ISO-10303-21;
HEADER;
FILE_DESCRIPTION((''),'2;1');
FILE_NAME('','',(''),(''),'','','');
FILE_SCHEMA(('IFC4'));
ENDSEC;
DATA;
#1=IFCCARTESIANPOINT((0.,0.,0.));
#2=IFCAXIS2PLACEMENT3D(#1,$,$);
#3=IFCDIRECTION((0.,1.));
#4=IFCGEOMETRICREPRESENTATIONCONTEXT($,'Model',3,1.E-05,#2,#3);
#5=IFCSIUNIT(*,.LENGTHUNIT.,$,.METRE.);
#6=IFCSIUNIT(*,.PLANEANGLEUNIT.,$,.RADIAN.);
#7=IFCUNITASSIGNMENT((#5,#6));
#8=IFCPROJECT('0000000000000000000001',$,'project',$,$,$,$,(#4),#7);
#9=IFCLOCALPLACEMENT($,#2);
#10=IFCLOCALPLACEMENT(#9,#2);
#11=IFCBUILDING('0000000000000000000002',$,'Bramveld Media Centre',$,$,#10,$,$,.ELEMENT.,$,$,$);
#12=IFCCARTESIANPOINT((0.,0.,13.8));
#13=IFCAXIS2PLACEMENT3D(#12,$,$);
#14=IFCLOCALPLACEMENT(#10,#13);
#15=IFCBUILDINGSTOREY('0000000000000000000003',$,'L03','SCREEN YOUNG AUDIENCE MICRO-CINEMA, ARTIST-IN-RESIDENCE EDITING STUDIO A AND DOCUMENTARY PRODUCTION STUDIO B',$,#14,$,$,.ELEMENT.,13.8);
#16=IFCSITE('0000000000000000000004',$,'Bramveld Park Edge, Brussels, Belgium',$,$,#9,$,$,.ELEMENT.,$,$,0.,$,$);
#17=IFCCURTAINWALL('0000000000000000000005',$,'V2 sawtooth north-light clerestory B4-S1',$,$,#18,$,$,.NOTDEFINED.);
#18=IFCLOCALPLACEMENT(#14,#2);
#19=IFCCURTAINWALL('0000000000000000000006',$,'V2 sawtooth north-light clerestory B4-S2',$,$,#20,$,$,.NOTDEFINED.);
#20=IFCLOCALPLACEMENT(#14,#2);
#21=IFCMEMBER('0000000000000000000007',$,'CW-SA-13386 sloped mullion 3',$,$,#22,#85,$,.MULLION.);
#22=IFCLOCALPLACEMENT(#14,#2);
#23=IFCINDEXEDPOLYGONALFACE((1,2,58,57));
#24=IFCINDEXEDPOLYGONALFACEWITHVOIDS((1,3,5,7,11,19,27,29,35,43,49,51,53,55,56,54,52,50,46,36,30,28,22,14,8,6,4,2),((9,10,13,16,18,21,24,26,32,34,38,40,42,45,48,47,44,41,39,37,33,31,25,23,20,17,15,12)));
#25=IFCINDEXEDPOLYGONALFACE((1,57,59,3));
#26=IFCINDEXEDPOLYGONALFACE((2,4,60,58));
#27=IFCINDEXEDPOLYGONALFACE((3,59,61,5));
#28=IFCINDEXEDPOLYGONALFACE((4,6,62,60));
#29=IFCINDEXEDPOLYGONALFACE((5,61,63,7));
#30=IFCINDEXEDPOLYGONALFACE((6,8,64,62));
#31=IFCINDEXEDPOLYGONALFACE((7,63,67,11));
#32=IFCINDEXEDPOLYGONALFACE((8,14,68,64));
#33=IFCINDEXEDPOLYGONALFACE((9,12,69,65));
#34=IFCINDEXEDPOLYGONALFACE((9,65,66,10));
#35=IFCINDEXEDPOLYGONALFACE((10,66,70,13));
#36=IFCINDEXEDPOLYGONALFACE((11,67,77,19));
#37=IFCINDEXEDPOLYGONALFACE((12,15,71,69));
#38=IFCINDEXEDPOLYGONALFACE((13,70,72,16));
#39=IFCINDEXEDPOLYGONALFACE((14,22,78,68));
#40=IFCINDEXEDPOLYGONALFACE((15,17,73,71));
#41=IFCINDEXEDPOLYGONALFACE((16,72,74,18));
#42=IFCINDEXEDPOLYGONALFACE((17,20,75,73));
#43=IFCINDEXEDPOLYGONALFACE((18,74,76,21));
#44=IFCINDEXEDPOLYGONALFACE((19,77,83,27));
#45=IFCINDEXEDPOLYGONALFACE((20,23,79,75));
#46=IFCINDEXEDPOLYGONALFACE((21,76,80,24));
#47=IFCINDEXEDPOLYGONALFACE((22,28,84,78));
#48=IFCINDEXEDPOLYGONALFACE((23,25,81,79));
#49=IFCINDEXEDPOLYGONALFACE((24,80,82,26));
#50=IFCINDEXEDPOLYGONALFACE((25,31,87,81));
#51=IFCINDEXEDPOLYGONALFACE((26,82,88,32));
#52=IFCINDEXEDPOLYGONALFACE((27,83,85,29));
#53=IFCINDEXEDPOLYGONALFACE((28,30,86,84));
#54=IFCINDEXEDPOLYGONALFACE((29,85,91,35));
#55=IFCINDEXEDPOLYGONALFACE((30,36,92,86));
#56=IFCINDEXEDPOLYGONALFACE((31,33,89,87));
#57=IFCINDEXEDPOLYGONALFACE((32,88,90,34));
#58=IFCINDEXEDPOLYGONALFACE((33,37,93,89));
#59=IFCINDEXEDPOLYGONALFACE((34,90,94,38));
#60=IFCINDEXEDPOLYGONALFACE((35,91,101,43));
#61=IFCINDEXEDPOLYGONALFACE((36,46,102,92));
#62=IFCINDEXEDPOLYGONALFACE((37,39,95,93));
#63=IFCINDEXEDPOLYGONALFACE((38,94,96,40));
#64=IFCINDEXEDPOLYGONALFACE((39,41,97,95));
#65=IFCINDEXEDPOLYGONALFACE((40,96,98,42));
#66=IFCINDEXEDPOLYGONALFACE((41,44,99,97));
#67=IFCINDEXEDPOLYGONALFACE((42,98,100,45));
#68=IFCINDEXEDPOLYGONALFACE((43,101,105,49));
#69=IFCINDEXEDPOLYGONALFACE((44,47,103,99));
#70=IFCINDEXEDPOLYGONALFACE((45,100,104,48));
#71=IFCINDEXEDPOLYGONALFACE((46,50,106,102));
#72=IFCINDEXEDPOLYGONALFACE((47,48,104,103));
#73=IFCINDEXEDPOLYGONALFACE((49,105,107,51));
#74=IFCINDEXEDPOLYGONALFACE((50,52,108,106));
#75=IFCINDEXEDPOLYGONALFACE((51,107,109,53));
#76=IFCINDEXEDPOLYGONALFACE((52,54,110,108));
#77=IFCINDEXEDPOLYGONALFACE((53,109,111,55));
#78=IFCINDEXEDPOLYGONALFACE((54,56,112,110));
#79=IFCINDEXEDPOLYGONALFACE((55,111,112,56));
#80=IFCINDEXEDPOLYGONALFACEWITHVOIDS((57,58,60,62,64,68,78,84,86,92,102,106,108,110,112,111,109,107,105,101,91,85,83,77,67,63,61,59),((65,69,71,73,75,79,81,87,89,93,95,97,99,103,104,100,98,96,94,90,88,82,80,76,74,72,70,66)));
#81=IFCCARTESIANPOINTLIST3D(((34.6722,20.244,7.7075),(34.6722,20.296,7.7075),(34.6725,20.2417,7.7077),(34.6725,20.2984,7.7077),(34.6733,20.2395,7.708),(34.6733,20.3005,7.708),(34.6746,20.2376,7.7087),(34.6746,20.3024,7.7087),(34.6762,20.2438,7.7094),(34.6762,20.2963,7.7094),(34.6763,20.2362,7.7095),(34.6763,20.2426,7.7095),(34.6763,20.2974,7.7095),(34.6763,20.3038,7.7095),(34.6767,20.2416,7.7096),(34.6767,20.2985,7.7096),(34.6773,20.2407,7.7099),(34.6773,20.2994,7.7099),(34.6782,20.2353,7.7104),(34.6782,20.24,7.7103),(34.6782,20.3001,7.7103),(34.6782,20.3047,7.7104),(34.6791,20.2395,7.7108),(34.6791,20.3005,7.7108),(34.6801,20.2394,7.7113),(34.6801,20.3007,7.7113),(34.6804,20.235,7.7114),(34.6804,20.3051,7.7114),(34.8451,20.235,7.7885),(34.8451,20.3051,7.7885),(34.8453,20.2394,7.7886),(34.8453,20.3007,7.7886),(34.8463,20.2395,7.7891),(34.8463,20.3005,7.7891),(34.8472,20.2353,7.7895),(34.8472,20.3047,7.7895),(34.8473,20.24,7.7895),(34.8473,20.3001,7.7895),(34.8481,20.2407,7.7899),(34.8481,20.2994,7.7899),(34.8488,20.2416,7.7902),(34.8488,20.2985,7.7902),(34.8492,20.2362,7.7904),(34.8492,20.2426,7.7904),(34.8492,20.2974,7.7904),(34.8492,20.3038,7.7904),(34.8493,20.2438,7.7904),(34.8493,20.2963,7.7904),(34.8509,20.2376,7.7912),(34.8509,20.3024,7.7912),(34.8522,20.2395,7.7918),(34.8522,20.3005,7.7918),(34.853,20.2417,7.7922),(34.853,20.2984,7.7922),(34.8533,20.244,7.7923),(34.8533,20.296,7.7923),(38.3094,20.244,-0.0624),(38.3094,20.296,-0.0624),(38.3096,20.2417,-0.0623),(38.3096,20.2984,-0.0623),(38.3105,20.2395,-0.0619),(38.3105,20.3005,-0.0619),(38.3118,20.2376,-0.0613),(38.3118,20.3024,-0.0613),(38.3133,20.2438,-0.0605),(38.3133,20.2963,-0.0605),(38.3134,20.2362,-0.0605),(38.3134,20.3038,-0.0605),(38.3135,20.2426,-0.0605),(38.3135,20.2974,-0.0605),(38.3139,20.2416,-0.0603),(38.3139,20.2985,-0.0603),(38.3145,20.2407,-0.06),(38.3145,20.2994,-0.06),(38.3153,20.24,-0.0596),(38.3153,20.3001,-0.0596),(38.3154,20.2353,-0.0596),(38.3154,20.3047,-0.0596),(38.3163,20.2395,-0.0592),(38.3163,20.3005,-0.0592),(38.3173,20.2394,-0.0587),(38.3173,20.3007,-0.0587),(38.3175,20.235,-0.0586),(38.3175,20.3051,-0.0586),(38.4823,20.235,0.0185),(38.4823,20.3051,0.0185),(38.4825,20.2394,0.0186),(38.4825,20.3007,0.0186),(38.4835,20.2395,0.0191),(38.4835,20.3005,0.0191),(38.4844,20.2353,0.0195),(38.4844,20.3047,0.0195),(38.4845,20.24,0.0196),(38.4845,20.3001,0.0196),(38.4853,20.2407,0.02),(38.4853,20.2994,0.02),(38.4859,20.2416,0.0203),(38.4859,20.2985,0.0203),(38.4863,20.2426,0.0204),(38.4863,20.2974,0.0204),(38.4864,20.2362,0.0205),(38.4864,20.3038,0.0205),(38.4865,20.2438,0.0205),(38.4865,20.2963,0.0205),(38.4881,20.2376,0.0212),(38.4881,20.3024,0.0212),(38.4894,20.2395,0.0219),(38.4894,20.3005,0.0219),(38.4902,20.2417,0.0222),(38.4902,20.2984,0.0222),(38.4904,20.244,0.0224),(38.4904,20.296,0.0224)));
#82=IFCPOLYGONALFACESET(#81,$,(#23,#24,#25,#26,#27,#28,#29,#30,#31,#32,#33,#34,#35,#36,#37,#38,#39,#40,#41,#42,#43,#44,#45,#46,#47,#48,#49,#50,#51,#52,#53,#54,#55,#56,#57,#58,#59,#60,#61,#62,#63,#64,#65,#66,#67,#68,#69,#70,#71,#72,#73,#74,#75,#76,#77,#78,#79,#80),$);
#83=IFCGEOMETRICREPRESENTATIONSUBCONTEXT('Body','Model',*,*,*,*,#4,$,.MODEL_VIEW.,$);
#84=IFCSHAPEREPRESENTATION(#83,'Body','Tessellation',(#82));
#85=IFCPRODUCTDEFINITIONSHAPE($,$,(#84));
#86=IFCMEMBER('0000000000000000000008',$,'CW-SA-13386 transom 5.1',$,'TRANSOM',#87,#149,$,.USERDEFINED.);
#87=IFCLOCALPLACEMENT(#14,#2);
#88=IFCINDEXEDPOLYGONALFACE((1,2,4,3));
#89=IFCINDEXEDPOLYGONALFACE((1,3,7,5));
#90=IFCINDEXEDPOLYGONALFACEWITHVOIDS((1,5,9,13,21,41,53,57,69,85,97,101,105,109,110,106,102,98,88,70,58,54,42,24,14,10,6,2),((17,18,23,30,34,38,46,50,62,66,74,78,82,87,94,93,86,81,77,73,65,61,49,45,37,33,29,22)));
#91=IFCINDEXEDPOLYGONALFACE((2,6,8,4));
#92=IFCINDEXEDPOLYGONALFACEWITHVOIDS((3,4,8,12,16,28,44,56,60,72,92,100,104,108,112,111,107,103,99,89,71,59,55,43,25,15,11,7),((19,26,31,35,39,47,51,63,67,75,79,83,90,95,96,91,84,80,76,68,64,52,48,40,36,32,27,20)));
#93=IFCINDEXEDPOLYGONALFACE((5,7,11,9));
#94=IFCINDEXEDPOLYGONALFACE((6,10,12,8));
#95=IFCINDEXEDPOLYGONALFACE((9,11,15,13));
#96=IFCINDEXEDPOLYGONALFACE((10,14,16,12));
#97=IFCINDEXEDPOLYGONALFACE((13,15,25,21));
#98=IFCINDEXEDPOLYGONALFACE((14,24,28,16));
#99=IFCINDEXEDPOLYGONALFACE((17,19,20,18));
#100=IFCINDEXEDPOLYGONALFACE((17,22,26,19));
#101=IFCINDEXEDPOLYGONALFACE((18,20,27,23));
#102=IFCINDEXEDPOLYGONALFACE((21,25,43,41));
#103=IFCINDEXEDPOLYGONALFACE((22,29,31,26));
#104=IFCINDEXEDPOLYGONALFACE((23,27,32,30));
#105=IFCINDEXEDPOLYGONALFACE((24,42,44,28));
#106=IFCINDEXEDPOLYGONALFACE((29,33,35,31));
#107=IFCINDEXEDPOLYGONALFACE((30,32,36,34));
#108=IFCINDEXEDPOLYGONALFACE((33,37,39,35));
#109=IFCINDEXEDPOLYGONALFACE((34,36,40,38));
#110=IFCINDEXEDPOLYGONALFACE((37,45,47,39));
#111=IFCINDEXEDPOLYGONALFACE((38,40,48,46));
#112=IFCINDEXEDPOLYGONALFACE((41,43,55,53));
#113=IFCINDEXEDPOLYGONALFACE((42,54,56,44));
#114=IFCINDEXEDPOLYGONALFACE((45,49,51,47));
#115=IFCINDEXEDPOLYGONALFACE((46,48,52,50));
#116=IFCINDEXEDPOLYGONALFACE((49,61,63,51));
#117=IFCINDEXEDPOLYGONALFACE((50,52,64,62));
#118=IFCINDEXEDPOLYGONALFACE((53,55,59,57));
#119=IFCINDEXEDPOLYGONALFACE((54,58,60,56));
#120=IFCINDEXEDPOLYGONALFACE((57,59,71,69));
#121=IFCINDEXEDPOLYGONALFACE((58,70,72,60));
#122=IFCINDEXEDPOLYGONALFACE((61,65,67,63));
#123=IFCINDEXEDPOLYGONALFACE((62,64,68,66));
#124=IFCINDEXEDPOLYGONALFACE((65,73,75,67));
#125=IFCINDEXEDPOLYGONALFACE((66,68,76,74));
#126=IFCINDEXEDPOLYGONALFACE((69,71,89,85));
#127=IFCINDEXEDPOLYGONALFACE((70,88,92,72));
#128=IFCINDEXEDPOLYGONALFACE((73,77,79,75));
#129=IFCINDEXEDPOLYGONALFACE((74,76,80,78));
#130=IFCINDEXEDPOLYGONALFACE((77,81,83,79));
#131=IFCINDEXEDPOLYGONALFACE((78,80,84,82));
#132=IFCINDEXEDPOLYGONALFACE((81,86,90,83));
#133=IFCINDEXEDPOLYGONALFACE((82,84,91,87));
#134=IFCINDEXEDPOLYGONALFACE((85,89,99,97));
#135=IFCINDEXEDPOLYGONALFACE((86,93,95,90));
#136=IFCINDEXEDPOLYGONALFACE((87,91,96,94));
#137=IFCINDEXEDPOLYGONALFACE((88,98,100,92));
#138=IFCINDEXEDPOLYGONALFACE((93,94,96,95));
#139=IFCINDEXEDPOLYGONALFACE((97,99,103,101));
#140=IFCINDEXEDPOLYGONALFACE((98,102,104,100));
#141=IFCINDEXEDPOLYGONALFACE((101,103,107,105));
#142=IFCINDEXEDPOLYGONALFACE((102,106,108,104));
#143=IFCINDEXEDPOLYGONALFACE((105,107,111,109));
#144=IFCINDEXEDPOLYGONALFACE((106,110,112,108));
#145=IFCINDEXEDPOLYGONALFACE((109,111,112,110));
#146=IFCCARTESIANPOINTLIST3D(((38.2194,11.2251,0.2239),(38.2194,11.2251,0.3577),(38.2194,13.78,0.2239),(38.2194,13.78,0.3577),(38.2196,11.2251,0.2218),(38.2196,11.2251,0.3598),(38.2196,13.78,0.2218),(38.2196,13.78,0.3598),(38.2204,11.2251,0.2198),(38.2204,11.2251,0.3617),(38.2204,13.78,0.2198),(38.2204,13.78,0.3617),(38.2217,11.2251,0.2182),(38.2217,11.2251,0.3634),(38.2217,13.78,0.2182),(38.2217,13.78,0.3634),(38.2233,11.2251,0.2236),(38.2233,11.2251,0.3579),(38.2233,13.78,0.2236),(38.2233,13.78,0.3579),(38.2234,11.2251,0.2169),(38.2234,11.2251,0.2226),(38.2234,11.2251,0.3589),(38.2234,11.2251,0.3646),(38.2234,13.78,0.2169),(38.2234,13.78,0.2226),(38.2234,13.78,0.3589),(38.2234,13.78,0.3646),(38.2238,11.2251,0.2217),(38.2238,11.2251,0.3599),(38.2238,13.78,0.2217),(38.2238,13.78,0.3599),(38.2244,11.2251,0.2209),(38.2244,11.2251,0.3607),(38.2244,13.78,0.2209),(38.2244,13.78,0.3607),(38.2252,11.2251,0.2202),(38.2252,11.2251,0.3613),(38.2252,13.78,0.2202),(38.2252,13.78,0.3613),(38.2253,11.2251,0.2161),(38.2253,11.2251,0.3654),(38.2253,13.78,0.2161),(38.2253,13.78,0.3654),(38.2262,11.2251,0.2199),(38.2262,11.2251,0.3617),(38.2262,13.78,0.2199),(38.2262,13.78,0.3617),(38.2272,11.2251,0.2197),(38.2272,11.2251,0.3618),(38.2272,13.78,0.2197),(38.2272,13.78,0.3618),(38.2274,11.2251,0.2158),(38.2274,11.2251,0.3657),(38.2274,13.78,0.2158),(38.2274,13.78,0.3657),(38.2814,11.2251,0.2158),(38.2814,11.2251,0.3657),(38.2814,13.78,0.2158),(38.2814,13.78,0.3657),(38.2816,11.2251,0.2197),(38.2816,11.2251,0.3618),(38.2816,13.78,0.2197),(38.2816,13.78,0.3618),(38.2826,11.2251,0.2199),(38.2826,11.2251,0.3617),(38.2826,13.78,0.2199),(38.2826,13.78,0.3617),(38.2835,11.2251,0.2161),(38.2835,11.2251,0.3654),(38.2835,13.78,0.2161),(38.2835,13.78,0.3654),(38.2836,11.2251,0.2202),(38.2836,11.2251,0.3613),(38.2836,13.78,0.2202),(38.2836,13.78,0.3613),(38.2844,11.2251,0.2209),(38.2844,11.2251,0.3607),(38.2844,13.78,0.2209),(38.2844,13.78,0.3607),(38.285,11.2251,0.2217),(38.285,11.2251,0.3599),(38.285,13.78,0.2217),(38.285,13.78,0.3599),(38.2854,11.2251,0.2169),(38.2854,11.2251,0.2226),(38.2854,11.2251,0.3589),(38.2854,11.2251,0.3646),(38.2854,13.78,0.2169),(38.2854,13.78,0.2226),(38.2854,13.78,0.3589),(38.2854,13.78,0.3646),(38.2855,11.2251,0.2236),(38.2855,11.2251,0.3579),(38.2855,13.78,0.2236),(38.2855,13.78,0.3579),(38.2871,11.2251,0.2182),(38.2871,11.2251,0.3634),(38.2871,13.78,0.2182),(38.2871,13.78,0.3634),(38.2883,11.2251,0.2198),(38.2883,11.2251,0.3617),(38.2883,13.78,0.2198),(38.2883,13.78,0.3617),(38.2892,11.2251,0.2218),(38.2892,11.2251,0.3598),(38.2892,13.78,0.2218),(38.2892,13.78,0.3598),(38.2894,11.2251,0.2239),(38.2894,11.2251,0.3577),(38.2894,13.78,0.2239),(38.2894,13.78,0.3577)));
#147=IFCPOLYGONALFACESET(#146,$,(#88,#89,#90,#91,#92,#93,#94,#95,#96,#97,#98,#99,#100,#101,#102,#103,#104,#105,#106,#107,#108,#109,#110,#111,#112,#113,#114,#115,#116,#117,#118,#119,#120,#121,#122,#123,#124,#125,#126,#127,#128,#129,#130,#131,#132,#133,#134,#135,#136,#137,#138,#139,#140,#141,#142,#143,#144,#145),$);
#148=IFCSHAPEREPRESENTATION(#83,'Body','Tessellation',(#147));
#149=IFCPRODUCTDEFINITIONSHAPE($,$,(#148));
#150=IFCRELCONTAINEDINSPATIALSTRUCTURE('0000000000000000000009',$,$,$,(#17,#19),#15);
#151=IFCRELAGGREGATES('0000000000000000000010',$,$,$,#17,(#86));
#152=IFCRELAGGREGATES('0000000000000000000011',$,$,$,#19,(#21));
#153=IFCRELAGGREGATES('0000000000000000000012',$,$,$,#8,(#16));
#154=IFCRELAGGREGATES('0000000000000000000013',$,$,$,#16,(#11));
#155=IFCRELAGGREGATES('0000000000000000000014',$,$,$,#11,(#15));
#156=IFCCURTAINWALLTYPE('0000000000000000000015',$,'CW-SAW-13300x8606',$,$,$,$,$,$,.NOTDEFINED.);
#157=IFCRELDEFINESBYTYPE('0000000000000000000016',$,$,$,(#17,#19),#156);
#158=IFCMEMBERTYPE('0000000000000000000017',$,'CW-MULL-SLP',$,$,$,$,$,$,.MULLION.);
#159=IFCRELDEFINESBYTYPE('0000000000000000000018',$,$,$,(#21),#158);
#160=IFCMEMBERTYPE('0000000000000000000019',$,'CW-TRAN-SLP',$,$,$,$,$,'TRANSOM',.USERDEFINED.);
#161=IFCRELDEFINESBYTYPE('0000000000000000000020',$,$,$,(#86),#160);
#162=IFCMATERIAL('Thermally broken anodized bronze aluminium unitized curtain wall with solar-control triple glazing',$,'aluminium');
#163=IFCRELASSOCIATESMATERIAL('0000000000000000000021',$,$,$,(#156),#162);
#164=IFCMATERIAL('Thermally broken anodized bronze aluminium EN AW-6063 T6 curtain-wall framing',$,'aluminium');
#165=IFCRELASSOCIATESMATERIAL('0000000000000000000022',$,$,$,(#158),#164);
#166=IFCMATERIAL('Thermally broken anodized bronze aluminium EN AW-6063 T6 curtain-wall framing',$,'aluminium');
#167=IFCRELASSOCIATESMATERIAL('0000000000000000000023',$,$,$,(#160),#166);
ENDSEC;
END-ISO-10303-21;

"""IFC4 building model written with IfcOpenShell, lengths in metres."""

from ifc_helpers import new_model, si_unit, direction, frame, origin, origin_2d, place, context, subcontext, project, spatial, hollow_rectangle, extrude, material, material_profile, profile_set, type_object, element, aggregate, save


model = new_model("IFC4")

# Units and contexts
model_context = context("Model", 3, precision=1e-05, world=origin(), true_north=direction((0.0, 1.0)))
body_context = subcontext(model_context, "Body", "Model", "MODEL_VIEW")
ifc_project = project(units=[si_unit("LENGTHUNIT", "METRE"), si_unit("PLANEANGLEUNIT", "RADIAN")], contexts=[model_context])

# Site, building, storey
site_placement = place(None, origin())
site = spatial("IfcSite", under=ifc_project, at=site_placement, Name="Bramveld Park Edge, Brussels, Belgium", CompositionType="ELEMENT", RefElevation=0.0)
building_placement = place(site_placement, origin())
building = spatial("IfcBuilding", under=site, at=building_placement, Name="Bramveld Media Centre", CompositionType="ELEMENT")
storey_placement = place(building_placement, frame((0.0, 0.0, 13.8)))
storey = spatial("IfcBuildingStorey", under=building, at=storey_placement, Name="L03", Description="SCREEN YOUNG AUDIENCE MICRO-CINEMA, ARTIST-IN-RESIDENCE EDITING STUDIO A AND DOCUMENTARY PRODUCTION STUDIO B", CompositionType="ELEMENT", Elevation=13.8)

# Curtain walls, member
ifc_material_1 = material(Name="Thermally broken anodized bronze aluminium unitized curtain wall with solar-control triple glazing", Category="aluminium")
curtain_wall_type = type_object("IfcCurtainWallType", Name="CW-SAW-13300x8606", PredefinedType="NOTDEFINED", material=ifc_material_1)
curtain_wall_1_placement = place(storey_placement, origin())
curtain_wall_1 = element("IfcCurtainWall", 1, at=curtain_wall_1_placement, inside=storey, type_object=curtain_wall_type, Name="V2 sawtooth north-light clerestory B4-S1", PredefinedType="NOTDEFINED")
ifc_material_2 = material(Name="Thermally broken anodized bronze aluminium EN AW-6063 T6 curtain-wall framing", Category="aluminium")
ifc_material_profile_1 = material_profile(ifc_material_2, hollow_rectangle(XDim=0.0701, YDim=0.2, WallThickness=0.0044, InnerFilletRadius=0.0044, OuterFilletRadius=0.009, at=origin_2d()), Name="AL-MULL 70x200")
ifc_profile_set_1 = profile_set([ifc_material_profile_1], Name="Thermally broken anodized bronze aluminium EN AW-6063 T6 curtain-wall framing")
member_type_1 = type_object("IfcMemberType", Name="CW-MULL-SLP", PredefinedType="MULLION", material=ifc_profile_set_1)
curtain_wall_2_placement = place(storey_placement, origin())
curtain_wall_2 = element("IfcCurtainWall", 2, at=curtain_wall_2_placement, inside=storey, type_object=curtain_wall_type, Name="V2 sawtooth north-light clerestory B4-S2", PredefinedType="NOTDEFINED")
member_1_placement = place(storey_placement, frame((38.3999, 20.27, -0.02), z_axis=(-0.423957, 0.0, 0.905682), x_axis=(0.0, -1.0, 0.0)))
member_1 = element("IfcMember", 3, at=member_1_placement, type_object=member_type_1, Name="CW-SA-13386 sloped mullion 3", PredefinedType="MULLION", context=body_context, shape_type="SweptSolid", body=[
    extrude(hollow_rectangle(XDim=0.0701, YDim=0.2, WallThickness=0.0044, InnerFilletRadius=0.0044, OuterFilletRadius=0.009, at=origin_2d()), origin(), (0.0, 0.0, 1.0), 8.5791),
])

# Member
ifc_material_3 = material(Name="Thermally broken anodized bronze aluminium EN AW-6063 T6 curtain-wall framing", Category="aluminium")
ifc_material_profile_2 = material_profile(ifc_material_3, hollow_rectangle(XDim=0.0701, YDim=0.1499, WallThickness=0.0039, InnerFilletRadius=0.0039, OuterFilletRadius=0.0081, at=origin_2d()), Name="AL-TRAN 70x150")
ifc_profile_set_2 = profile_set([ifc_material_profile_2], Name="Thermally broken anodized bronze aluminium EN AW-6063 T6 curtain-wall framing")
member_type_2 = type_object("IfcMemberType", Name="CW-TRAN-SLP", ElementType="TRANSOM", PredefinedType="USERDEFINED", material=ifc_profile_set_2)
member_2_placement = place(storey_placement, frame((38.2544, 11.2251, 0.2908), z_axis=(0.0, 1.0, 0.0), x_axis=(-1.0, 0.0, 0.0)))
member_2 = element("IfcMember", 4, at=member_2_placement, type_object=member_type_2, Name="CW-SA-13386 transom 5.1", ObjectType="TRANSOM", PredefinedType="USERDEFINED", context=body_context, shape_type="SweptSolid", body=[
    extrude(hollow_rectangle(XDim=0.0701, YDim=0.1499, WallThickness=0.0039, InnerFilletRadius=0.0039, OuterFilletRadius=0.0081, at=origin_2d()), origin(), (0.0, 0.0, 1.0), 2.5549),
])

aggregate(curtain_wall_1, [member_2])
aggregate(curtain_wall_2, [member_1])

save(model, "model.ifc")
